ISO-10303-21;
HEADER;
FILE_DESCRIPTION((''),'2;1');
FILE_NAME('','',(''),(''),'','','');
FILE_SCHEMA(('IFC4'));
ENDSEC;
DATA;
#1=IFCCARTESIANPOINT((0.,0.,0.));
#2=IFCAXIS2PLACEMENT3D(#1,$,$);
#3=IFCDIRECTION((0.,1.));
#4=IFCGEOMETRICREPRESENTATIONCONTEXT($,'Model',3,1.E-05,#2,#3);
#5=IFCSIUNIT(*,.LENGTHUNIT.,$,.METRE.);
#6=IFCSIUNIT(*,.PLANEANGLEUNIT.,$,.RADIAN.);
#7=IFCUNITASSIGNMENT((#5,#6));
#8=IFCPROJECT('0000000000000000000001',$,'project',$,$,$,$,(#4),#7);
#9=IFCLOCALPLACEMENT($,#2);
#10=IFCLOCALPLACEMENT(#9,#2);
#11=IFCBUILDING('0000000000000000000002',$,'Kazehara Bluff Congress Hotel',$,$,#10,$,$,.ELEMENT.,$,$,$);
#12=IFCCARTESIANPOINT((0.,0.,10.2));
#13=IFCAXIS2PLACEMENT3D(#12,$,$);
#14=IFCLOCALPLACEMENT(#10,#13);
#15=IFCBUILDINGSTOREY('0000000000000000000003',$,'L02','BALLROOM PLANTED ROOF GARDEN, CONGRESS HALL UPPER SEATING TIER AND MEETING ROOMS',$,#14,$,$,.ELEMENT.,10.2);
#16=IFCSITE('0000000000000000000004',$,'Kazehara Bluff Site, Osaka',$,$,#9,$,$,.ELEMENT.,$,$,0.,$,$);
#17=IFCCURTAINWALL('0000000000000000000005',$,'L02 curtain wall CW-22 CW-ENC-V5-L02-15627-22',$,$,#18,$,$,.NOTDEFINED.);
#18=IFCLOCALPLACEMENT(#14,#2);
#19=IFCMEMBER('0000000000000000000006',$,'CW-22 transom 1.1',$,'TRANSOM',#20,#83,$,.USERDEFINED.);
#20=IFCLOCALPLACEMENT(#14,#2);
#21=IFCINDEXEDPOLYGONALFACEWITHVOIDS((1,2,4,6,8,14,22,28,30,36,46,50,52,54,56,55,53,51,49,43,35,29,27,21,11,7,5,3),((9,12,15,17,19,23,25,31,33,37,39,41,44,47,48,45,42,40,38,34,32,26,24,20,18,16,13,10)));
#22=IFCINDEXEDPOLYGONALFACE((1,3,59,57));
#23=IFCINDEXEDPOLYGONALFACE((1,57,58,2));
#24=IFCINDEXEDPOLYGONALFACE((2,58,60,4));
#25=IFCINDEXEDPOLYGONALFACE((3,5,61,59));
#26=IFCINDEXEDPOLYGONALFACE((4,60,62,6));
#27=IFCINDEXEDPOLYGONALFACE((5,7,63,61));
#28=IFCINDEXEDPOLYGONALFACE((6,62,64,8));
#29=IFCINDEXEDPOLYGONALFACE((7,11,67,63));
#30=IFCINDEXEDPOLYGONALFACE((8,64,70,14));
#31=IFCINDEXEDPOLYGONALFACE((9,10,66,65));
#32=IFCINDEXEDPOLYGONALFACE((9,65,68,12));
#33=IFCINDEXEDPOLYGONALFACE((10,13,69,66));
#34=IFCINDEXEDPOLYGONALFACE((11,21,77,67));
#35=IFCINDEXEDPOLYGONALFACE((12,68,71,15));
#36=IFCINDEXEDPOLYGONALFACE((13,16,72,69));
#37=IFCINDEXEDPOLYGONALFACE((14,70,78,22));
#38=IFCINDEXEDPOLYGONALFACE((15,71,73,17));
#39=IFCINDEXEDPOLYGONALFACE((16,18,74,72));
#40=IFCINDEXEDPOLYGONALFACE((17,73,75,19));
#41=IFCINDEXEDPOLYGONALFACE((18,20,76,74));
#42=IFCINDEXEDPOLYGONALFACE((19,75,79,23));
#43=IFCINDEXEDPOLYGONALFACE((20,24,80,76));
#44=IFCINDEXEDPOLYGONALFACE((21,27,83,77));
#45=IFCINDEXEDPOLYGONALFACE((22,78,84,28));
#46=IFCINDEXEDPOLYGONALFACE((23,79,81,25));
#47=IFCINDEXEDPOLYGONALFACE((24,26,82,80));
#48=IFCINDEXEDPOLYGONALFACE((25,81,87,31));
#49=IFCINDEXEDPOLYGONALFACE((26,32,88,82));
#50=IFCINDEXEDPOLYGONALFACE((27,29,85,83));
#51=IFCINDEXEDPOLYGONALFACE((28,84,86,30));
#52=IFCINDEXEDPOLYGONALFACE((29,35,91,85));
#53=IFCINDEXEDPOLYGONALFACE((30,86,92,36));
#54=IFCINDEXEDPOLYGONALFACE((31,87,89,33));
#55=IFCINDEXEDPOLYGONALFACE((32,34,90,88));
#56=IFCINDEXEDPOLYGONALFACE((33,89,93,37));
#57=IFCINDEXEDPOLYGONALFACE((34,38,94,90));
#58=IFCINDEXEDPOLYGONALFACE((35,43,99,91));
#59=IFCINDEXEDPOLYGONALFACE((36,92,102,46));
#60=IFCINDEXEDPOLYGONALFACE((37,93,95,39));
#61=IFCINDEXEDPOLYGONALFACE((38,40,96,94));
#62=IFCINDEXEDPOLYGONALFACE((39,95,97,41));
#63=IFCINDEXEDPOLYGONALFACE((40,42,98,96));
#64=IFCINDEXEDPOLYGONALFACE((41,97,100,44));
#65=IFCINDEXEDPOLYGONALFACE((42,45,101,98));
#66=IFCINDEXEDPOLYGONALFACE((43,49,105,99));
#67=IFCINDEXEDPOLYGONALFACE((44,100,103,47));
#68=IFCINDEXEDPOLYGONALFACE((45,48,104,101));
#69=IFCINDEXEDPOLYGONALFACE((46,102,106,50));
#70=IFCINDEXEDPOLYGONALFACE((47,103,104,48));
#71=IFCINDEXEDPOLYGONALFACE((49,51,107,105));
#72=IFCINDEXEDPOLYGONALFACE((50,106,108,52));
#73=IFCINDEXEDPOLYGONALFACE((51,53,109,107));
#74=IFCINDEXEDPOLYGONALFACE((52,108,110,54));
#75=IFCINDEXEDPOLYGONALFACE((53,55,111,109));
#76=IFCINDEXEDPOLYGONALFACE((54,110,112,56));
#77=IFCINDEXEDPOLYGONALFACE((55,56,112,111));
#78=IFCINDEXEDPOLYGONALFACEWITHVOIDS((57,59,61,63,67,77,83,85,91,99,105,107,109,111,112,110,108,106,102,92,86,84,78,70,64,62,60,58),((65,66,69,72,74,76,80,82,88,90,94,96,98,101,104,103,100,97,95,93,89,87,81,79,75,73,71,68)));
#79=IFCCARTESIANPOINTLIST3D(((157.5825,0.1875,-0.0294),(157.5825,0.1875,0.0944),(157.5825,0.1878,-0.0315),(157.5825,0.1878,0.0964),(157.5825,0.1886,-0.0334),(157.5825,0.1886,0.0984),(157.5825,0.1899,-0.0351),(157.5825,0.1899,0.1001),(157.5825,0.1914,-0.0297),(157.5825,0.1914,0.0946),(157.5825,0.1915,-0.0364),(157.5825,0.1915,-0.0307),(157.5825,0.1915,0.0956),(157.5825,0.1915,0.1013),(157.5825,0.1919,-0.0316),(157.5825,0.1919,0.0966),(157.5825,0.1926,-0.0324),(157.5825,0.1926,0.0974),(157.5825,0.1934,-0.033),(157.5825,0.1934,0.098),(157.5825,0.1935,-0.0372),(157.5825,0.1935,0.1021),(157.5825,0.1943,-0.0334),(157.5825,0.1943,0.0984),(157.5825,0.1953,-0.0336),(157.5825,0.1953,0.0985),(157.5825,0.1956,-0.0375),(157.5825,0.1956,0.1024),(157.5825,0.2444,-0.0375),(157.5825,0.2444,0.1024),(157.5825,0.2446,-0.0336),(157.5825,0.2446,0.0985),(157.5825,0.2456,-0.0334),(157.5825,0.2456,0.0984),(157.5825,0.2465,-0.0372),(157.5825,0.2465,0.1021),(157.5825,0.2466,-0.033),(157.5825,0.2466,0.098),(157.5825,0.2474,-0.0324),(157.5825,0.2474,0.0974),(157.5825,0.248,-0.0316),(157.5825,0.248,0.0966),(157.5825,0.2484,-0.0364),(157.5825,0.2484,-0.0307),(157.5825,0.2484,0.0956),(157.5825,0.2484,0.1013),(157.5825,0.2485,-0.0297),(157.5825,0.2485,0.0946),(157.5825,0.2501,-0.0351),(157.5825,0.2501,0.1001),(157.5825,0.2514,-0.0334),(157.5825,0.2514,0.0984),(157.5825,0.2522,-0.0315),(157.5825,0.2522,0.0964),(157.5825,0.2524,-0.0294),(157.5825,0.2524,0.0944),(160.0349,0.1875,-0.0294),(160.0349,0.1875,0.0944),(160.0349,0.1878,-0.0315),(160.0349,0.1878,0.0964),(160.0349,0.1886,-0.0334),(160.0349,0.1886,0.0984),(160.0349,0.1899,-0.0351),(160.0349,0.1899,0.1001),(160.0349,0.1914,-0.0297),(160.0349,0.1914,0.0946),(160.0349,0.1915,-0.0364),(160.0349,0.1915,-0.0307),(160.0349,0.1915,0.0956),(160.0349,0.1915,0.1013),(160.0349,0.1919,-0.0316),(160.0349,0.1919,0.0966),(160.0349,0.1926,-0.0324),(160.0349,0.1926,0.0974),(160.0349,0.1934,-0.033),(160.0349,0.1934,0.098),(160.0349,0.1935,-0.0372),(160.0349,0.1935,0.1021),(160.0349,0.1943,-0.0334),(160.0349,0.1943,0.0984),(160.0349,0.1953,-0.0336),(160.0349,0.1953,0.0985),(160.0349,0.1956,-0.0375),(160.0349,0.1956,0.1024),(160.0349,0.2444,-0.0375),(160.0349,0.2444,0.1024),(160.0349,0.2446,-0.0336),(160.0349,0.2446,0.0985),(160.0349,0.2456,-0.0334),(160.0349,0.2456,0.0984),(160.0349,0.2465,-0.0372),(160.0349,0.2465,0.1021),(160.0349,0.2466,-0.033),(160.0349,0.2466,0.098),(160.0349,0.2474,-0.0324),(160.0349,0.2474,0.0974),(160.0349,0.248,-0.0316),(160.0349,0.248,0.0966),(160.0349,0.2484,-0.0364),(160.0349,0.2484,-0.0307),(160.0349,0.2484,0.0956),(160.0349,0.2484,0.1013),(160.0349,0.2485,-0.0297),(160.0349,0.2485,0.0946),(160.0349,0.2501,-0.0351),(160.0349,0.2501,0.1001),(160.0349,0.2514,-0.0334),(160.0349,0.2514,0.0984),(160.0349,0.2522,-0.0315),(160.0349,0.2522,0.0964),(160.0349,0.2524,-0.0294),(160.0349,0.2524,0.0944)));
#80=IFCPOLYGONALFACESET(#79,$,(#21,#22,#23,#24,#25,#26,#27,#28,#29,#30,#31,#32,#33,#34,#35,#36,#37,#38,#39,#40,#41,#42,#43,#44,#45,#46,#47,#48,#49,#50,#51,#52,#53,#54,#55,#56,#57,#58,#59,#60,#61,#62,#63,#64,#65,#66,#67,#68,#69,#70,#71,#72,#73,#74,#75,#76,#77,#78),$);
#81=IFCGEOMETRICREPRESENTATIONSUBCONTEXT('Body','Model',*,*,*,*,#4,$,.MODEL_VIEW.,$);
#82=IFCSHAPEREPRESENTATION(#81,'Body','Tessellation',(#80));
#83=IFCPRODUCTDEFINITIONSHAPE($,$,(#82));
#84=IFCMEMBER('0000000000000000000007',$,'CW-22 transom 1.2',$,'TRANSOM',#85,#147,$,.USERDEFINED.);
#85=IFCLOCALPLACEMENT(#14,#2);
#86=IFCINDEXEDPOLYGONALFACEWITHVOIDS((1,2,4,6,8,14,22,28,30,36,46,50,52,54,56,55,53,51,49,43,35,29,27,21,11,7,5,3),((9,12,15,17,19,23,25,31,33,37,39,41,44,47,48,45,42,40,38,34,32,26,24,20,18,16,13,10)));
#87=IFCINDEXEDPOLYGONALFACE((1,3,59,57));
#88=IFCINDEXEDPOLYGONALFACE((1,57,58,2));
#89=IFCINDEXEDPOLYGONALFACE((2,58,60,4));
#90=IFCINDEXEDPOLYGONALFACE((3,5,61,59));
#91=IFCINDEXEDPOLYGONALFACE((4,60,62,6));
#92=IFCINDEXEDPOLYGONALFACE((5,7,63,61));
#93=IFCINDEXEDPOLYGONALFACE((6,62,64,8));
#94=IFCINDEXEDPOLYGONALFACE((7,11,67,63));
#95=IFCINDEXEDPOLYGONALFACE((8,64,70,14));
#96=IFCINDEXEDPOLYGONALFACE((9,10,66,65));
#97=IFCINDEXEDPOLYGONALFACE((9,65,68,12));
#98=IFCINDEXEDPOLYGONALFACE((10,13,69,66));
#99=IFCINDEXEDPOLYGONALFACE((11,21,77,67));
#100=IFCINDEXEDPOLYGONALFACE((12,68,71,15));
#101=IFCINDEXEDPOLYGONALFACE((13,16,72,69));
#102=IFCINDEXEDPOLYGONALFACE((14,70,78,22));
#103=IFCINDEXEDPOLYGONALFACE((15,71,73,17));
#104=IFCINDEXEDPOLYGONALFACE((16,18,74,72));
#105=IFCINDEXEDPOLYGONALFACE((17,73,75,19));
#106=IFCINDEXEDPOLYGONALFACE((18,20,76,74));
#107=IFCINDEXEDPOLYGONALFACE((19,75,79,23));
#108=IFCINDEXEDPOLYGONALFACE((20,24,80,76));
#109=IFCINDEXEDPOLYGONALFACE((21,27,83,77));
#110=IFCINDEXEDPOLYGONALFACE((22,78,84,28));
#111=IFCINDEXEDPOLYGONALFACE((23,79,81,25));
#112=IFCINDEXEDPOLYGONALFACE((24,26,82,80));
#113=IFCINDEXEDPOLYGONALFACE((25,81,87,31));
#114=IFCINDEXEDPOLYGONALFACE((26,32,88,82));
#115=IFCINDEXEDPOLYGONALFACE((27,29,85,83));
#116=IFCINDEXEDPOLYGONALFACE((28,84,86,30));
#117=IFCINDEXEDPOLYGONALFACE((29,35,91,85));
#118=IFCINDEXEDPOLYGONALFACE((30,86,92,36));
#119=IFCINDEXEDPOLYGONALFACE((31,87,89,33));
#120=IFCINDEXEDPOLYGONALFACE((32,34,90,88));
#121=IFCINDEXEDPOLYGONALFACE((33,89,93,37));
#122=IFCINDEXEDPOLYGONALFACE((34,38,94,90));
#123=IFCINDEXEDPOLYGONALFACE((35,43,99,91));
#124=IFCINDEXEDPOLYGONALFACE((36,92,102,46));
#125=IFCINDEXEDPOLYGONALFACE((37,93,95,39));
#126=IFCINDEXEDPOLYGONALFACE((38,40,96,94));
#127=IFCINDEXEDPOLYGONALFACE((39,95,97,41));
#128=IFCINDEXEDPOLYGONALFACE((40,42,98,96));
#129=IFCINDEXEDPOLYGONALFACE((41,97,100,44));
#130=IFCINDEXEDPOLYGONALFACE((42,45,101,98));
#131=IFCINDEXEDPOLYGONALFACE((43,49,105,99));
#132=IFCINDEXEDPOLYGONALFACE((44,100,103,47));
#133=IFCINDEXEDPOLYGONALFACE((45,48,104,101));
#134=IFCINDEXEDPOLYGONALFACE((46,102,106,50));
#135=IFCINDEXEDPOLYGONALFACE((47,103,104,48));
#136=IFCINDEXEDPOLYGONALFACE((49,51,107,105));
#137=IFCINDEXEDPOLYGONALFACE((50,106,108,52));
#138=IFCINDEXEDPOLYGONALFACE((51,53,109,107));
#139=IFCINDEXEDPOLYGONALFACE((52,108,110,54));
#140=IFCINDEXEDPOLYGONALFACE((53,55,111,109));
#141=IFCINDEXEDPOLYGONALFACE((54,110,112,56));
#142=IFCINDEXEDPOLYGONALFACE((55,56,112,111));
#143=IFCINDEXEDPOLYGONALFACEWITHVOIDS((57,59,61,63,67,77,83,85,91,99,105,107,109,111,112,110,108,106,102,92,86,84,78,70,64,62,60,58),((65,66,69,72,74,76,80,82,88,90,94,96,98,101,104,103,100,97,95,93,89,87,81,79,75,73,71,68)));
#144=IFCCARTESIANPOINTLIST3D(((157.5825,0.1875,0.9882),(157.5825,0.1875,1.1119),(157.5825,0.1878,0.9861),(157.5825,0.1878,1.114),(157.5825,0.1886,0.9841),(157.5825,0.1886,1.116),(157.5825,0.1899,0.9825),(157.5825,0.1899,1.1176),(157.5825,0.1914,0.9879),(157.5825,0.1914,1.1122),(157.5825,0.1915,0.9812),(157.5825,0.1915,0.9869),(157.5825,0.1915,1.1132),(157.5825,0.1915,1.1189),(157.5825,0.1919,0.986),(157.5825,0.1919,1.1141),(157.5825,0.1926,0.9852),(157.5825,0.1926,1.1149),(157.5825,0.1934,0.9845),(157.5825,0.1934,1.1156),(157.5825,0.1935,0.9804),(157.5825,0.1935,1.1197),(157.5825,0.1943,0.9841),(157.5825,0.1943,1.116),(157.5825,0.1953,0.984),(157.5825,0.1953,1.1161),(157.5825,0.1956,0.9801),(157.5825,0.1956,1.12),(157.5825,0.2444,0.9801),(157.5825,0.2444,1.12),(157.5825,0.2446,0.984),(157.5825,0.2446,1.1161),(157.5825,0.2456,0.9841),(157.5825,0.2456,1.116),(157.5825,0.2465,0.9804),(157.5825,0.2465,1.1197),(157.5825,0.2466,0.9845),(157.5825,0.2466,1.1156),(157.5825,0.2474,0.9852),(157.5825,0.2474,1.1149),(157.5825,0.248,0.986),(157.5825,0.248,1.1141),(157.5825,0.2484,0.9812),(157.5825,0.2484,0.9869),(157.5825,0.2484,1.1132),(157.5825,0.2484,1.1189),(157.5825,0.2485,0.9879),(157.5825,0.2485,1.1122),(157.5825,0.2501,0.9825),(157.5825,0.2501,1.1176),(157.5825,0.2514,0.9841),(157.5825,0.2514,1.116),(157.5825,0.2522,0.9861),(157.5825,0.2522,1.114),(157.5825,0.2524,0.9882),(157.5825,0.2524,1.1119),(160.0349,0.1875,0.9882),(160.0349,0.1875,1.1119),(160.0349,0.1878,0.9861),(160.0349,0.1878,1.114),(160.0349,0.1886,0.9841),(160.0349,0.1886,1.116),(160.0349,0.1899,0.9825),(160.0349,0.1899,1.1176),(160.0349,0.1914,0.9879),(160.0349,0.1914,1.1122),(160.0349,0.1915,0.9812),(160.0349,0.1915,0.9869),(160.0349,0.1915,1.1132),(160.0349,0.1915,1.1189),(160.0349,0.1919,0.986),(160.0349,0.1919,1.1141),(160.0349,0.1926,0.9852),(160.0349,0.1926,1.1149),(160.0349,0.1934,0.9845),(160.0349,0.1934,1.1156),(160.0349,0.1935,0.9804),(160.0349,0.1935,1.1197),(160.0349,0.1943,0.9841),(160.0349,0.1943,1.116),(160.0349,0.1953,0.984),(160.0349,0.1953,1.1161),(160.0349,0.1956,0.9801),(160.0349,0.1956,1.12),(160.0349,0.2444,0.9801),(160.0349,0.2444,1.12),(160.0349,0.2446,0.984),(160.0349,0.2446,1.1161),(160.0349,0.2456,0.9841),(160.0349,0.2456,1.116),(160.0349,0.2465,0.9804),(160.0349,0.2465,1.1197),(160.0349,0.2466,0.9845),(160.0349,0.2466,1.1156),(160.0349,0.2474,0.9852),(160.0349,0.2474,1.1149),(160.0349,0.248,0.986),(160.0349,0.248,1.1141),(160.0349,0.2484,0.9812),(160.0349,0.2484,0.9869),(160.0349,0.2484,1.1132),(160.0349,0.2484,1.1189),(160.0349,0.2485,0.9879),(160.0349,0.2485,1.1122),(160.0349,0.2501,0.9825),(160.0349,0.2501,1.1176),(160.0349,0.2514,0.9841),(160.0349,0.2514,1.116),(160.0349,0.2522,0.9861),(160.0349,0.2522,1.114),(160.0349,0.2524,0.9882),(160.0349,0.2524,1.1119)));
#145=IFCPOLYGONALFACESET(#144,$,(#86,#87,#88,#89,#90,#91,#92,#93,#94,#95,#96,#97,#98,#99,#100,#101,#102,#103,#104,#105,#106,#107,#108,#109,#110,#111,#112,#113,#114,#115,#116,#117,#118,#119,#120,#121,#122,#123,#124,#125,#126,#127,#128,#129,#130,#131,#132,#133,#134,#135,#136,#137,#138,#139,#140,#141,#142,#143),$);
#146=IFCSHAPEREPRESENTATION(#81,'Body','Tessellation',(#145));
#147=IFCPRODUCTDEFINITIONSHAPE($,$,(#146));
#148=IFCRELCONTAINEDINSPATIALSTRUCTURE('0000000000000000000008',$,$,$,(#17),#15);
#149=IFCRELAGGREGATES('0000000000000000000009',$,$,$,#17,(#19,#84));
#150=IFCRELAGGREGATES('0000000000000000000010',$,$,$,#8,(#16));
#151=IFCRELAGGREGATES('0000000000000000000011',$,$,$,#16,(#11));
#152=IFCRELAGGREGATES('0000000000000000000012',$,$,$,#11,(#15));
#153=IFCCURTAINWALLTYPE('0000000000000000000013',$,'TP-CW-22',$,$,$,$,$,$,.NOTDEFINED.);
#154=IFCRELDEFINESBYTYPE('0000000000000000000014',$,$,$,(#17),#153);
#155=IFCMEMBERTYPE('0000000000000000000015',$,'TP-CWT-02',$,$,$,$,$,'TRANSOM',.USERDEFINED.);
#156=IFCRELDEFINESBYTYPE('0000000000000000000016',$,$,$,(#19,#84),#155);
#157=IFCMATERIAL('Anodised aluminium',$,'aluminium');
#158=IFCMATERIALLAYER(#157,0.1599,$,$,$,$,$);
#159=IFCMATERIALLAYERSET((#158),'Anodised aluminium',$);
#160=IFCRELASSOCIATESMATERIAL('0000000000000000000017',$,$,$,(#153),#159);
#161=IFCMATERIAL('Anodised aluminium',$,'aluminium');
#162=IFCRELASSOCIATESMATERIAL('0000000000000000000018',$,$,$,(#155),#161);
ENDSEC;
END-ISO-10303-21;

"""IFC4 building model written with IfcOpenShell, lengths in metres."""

from ifc_helpers import new_model, si_unit, direction, frame, origin, origin_2d, place, context, subcontext, project, spatial, hollow_rectangle, extrude, material, layer, layer_set, material_profile, profile_set, type_object, element, aggregate, save


model = new_model("IFC4")

# Units and contexts
model_context = context("Model", 3, precision=1e-05, world=origin(), true_north=direction((0.0, 1.0)))
body_context = subcontext(model_context, "Body", "Model", "MODEL_VIEW")
ifc_project = project(units=[si_unit("LENGTHUNIT", "METRE"), si_unit("PLANEANGLEUNIT", "RADIAN")], contexts=[model_context])

# Site, building, storey
site_placement = place(None, origin())
site = spatial("IfcSite", under=ifc_project, at=site_placement, Name="Kazehara Bluff Site, Osaka", CompositionType="ELEMENT", RefElevation=0.0)
building_placement = place(site_placement, origin())
building = spatial("IfcBuilding", under=site, at=building_placement, Name="Kazehara Bluff Congress Hotel", CompositionType="ELEMENT")
storey_placement = place(building_placement, frame((0.0, 0.0, 10.2)))
storey = spatial("IfcBuildingStorey", under=building, at=storey_placement, Name="L02", Description="BALLROOM PLANTED ROOF GARDEN, CONGRESS HALL UPPER SEATING TIER AND MEETING ROOMS", CompositionType="ELEMENT", Elevation=10.2)

# Curtain wall
ifc_material_1 = material(Name="Anodised aluminium", Category="aluminium")
ifc_layer_1 = layer(ifc_material_1, 0.1599)
ifc_layer_set_1 = layer_set([ifc_layer_1], Name="Anodised aluminium")
curtain_wall_type_1 = type_object("IfcCurtainWallType", Name="TP-CW-22", PredefinedType="NOTDEFINED", material=ifc_layer_set_1)
curtain_wall_1_placement = place(storey_placement, origin())
curtain_wall_1 = element("IfcCurtainWall", 1, at=curtain_wall_1_placement, inside=storey, type_object=curtain_wall_type_1, Name="L02 curtain wall CW-22 CW-ENC-V5-L02-15627-22", PredefinedType="NOTDEFINED")

# Members
ifc_material_2 = material(Name="Anodised aluminium", Category="aluminium")
ifc_material_profile_1 = material_profile(ifc_material_2, hollow_rectangle(XDim=0.0649, YDim=0.1399, WallThickness=0.0039, InnerFilletRadius=0.0039, OuterFilletRadius=0.0081, at=origin_2d()))
ifc_profile_set_1 = profile_set([ifc_material_profile_1], Name="Anodised aluminium")
member_type_1 = type_object("IfcMemberType", Name="TP-CWT-02", ElementType="TRANSOM", PredefinedType="USERDEFINED", material=ifc_profile_set_1)
member_1_placement = place(storey_placement, frame((160.0349, 0.22, 0.0325), z_axis=(-1.0, 0.0, 0.0), x_axis=(0.0, -1.0, 0.0)))
member_1 = element("IfcMember", 2, at=member_1_placement, type_object=member_type_1, Name="CW-22 transom 1.1", ObjectType="TRANSOM", PredefinedType="USERDEFINED", context=body_context, shape_type="SweptSolid", body=[
    extrude(hollow_rectangle(XDim=0.0649, YDim=0.1399, WallThickness=0.0039, InnerFilletRadius=0.0039, OuterFilletRadius=0.0081, at=origin_2d()), origin(), (0.0, 0.0, 1.0), 2.4524),
])
member_2_placement = place(storey_placement, frame((160.0349, 0.22, 1.05), z_axis=(-1.0, 0.0, 0.0), x_axis=(0.0, -1.0, 0.0)))
member_2 = element("IfcMember", 3, at=member_2_placement, type_object=member_type_1, Name="CW-22 transom 1.2", ObjectType="TRANSOM", PredefinedType="USERDEFINED", context=body_context, shape_type="SweptSolid", body=[
    extrude(hollow_rectangle(XDim=0.0649, YDim=0.1399, WallThickness=0.0039, InnerFilletRadius=0.0039, OuterFilletRadius=0.0081, at=origin_2d()), origin(), (0.0, 0.0, 1.0), 2.4524),
])

aggregate(curtain_wall_1, [member_1, member_2])

save(model, "model.ifc")
